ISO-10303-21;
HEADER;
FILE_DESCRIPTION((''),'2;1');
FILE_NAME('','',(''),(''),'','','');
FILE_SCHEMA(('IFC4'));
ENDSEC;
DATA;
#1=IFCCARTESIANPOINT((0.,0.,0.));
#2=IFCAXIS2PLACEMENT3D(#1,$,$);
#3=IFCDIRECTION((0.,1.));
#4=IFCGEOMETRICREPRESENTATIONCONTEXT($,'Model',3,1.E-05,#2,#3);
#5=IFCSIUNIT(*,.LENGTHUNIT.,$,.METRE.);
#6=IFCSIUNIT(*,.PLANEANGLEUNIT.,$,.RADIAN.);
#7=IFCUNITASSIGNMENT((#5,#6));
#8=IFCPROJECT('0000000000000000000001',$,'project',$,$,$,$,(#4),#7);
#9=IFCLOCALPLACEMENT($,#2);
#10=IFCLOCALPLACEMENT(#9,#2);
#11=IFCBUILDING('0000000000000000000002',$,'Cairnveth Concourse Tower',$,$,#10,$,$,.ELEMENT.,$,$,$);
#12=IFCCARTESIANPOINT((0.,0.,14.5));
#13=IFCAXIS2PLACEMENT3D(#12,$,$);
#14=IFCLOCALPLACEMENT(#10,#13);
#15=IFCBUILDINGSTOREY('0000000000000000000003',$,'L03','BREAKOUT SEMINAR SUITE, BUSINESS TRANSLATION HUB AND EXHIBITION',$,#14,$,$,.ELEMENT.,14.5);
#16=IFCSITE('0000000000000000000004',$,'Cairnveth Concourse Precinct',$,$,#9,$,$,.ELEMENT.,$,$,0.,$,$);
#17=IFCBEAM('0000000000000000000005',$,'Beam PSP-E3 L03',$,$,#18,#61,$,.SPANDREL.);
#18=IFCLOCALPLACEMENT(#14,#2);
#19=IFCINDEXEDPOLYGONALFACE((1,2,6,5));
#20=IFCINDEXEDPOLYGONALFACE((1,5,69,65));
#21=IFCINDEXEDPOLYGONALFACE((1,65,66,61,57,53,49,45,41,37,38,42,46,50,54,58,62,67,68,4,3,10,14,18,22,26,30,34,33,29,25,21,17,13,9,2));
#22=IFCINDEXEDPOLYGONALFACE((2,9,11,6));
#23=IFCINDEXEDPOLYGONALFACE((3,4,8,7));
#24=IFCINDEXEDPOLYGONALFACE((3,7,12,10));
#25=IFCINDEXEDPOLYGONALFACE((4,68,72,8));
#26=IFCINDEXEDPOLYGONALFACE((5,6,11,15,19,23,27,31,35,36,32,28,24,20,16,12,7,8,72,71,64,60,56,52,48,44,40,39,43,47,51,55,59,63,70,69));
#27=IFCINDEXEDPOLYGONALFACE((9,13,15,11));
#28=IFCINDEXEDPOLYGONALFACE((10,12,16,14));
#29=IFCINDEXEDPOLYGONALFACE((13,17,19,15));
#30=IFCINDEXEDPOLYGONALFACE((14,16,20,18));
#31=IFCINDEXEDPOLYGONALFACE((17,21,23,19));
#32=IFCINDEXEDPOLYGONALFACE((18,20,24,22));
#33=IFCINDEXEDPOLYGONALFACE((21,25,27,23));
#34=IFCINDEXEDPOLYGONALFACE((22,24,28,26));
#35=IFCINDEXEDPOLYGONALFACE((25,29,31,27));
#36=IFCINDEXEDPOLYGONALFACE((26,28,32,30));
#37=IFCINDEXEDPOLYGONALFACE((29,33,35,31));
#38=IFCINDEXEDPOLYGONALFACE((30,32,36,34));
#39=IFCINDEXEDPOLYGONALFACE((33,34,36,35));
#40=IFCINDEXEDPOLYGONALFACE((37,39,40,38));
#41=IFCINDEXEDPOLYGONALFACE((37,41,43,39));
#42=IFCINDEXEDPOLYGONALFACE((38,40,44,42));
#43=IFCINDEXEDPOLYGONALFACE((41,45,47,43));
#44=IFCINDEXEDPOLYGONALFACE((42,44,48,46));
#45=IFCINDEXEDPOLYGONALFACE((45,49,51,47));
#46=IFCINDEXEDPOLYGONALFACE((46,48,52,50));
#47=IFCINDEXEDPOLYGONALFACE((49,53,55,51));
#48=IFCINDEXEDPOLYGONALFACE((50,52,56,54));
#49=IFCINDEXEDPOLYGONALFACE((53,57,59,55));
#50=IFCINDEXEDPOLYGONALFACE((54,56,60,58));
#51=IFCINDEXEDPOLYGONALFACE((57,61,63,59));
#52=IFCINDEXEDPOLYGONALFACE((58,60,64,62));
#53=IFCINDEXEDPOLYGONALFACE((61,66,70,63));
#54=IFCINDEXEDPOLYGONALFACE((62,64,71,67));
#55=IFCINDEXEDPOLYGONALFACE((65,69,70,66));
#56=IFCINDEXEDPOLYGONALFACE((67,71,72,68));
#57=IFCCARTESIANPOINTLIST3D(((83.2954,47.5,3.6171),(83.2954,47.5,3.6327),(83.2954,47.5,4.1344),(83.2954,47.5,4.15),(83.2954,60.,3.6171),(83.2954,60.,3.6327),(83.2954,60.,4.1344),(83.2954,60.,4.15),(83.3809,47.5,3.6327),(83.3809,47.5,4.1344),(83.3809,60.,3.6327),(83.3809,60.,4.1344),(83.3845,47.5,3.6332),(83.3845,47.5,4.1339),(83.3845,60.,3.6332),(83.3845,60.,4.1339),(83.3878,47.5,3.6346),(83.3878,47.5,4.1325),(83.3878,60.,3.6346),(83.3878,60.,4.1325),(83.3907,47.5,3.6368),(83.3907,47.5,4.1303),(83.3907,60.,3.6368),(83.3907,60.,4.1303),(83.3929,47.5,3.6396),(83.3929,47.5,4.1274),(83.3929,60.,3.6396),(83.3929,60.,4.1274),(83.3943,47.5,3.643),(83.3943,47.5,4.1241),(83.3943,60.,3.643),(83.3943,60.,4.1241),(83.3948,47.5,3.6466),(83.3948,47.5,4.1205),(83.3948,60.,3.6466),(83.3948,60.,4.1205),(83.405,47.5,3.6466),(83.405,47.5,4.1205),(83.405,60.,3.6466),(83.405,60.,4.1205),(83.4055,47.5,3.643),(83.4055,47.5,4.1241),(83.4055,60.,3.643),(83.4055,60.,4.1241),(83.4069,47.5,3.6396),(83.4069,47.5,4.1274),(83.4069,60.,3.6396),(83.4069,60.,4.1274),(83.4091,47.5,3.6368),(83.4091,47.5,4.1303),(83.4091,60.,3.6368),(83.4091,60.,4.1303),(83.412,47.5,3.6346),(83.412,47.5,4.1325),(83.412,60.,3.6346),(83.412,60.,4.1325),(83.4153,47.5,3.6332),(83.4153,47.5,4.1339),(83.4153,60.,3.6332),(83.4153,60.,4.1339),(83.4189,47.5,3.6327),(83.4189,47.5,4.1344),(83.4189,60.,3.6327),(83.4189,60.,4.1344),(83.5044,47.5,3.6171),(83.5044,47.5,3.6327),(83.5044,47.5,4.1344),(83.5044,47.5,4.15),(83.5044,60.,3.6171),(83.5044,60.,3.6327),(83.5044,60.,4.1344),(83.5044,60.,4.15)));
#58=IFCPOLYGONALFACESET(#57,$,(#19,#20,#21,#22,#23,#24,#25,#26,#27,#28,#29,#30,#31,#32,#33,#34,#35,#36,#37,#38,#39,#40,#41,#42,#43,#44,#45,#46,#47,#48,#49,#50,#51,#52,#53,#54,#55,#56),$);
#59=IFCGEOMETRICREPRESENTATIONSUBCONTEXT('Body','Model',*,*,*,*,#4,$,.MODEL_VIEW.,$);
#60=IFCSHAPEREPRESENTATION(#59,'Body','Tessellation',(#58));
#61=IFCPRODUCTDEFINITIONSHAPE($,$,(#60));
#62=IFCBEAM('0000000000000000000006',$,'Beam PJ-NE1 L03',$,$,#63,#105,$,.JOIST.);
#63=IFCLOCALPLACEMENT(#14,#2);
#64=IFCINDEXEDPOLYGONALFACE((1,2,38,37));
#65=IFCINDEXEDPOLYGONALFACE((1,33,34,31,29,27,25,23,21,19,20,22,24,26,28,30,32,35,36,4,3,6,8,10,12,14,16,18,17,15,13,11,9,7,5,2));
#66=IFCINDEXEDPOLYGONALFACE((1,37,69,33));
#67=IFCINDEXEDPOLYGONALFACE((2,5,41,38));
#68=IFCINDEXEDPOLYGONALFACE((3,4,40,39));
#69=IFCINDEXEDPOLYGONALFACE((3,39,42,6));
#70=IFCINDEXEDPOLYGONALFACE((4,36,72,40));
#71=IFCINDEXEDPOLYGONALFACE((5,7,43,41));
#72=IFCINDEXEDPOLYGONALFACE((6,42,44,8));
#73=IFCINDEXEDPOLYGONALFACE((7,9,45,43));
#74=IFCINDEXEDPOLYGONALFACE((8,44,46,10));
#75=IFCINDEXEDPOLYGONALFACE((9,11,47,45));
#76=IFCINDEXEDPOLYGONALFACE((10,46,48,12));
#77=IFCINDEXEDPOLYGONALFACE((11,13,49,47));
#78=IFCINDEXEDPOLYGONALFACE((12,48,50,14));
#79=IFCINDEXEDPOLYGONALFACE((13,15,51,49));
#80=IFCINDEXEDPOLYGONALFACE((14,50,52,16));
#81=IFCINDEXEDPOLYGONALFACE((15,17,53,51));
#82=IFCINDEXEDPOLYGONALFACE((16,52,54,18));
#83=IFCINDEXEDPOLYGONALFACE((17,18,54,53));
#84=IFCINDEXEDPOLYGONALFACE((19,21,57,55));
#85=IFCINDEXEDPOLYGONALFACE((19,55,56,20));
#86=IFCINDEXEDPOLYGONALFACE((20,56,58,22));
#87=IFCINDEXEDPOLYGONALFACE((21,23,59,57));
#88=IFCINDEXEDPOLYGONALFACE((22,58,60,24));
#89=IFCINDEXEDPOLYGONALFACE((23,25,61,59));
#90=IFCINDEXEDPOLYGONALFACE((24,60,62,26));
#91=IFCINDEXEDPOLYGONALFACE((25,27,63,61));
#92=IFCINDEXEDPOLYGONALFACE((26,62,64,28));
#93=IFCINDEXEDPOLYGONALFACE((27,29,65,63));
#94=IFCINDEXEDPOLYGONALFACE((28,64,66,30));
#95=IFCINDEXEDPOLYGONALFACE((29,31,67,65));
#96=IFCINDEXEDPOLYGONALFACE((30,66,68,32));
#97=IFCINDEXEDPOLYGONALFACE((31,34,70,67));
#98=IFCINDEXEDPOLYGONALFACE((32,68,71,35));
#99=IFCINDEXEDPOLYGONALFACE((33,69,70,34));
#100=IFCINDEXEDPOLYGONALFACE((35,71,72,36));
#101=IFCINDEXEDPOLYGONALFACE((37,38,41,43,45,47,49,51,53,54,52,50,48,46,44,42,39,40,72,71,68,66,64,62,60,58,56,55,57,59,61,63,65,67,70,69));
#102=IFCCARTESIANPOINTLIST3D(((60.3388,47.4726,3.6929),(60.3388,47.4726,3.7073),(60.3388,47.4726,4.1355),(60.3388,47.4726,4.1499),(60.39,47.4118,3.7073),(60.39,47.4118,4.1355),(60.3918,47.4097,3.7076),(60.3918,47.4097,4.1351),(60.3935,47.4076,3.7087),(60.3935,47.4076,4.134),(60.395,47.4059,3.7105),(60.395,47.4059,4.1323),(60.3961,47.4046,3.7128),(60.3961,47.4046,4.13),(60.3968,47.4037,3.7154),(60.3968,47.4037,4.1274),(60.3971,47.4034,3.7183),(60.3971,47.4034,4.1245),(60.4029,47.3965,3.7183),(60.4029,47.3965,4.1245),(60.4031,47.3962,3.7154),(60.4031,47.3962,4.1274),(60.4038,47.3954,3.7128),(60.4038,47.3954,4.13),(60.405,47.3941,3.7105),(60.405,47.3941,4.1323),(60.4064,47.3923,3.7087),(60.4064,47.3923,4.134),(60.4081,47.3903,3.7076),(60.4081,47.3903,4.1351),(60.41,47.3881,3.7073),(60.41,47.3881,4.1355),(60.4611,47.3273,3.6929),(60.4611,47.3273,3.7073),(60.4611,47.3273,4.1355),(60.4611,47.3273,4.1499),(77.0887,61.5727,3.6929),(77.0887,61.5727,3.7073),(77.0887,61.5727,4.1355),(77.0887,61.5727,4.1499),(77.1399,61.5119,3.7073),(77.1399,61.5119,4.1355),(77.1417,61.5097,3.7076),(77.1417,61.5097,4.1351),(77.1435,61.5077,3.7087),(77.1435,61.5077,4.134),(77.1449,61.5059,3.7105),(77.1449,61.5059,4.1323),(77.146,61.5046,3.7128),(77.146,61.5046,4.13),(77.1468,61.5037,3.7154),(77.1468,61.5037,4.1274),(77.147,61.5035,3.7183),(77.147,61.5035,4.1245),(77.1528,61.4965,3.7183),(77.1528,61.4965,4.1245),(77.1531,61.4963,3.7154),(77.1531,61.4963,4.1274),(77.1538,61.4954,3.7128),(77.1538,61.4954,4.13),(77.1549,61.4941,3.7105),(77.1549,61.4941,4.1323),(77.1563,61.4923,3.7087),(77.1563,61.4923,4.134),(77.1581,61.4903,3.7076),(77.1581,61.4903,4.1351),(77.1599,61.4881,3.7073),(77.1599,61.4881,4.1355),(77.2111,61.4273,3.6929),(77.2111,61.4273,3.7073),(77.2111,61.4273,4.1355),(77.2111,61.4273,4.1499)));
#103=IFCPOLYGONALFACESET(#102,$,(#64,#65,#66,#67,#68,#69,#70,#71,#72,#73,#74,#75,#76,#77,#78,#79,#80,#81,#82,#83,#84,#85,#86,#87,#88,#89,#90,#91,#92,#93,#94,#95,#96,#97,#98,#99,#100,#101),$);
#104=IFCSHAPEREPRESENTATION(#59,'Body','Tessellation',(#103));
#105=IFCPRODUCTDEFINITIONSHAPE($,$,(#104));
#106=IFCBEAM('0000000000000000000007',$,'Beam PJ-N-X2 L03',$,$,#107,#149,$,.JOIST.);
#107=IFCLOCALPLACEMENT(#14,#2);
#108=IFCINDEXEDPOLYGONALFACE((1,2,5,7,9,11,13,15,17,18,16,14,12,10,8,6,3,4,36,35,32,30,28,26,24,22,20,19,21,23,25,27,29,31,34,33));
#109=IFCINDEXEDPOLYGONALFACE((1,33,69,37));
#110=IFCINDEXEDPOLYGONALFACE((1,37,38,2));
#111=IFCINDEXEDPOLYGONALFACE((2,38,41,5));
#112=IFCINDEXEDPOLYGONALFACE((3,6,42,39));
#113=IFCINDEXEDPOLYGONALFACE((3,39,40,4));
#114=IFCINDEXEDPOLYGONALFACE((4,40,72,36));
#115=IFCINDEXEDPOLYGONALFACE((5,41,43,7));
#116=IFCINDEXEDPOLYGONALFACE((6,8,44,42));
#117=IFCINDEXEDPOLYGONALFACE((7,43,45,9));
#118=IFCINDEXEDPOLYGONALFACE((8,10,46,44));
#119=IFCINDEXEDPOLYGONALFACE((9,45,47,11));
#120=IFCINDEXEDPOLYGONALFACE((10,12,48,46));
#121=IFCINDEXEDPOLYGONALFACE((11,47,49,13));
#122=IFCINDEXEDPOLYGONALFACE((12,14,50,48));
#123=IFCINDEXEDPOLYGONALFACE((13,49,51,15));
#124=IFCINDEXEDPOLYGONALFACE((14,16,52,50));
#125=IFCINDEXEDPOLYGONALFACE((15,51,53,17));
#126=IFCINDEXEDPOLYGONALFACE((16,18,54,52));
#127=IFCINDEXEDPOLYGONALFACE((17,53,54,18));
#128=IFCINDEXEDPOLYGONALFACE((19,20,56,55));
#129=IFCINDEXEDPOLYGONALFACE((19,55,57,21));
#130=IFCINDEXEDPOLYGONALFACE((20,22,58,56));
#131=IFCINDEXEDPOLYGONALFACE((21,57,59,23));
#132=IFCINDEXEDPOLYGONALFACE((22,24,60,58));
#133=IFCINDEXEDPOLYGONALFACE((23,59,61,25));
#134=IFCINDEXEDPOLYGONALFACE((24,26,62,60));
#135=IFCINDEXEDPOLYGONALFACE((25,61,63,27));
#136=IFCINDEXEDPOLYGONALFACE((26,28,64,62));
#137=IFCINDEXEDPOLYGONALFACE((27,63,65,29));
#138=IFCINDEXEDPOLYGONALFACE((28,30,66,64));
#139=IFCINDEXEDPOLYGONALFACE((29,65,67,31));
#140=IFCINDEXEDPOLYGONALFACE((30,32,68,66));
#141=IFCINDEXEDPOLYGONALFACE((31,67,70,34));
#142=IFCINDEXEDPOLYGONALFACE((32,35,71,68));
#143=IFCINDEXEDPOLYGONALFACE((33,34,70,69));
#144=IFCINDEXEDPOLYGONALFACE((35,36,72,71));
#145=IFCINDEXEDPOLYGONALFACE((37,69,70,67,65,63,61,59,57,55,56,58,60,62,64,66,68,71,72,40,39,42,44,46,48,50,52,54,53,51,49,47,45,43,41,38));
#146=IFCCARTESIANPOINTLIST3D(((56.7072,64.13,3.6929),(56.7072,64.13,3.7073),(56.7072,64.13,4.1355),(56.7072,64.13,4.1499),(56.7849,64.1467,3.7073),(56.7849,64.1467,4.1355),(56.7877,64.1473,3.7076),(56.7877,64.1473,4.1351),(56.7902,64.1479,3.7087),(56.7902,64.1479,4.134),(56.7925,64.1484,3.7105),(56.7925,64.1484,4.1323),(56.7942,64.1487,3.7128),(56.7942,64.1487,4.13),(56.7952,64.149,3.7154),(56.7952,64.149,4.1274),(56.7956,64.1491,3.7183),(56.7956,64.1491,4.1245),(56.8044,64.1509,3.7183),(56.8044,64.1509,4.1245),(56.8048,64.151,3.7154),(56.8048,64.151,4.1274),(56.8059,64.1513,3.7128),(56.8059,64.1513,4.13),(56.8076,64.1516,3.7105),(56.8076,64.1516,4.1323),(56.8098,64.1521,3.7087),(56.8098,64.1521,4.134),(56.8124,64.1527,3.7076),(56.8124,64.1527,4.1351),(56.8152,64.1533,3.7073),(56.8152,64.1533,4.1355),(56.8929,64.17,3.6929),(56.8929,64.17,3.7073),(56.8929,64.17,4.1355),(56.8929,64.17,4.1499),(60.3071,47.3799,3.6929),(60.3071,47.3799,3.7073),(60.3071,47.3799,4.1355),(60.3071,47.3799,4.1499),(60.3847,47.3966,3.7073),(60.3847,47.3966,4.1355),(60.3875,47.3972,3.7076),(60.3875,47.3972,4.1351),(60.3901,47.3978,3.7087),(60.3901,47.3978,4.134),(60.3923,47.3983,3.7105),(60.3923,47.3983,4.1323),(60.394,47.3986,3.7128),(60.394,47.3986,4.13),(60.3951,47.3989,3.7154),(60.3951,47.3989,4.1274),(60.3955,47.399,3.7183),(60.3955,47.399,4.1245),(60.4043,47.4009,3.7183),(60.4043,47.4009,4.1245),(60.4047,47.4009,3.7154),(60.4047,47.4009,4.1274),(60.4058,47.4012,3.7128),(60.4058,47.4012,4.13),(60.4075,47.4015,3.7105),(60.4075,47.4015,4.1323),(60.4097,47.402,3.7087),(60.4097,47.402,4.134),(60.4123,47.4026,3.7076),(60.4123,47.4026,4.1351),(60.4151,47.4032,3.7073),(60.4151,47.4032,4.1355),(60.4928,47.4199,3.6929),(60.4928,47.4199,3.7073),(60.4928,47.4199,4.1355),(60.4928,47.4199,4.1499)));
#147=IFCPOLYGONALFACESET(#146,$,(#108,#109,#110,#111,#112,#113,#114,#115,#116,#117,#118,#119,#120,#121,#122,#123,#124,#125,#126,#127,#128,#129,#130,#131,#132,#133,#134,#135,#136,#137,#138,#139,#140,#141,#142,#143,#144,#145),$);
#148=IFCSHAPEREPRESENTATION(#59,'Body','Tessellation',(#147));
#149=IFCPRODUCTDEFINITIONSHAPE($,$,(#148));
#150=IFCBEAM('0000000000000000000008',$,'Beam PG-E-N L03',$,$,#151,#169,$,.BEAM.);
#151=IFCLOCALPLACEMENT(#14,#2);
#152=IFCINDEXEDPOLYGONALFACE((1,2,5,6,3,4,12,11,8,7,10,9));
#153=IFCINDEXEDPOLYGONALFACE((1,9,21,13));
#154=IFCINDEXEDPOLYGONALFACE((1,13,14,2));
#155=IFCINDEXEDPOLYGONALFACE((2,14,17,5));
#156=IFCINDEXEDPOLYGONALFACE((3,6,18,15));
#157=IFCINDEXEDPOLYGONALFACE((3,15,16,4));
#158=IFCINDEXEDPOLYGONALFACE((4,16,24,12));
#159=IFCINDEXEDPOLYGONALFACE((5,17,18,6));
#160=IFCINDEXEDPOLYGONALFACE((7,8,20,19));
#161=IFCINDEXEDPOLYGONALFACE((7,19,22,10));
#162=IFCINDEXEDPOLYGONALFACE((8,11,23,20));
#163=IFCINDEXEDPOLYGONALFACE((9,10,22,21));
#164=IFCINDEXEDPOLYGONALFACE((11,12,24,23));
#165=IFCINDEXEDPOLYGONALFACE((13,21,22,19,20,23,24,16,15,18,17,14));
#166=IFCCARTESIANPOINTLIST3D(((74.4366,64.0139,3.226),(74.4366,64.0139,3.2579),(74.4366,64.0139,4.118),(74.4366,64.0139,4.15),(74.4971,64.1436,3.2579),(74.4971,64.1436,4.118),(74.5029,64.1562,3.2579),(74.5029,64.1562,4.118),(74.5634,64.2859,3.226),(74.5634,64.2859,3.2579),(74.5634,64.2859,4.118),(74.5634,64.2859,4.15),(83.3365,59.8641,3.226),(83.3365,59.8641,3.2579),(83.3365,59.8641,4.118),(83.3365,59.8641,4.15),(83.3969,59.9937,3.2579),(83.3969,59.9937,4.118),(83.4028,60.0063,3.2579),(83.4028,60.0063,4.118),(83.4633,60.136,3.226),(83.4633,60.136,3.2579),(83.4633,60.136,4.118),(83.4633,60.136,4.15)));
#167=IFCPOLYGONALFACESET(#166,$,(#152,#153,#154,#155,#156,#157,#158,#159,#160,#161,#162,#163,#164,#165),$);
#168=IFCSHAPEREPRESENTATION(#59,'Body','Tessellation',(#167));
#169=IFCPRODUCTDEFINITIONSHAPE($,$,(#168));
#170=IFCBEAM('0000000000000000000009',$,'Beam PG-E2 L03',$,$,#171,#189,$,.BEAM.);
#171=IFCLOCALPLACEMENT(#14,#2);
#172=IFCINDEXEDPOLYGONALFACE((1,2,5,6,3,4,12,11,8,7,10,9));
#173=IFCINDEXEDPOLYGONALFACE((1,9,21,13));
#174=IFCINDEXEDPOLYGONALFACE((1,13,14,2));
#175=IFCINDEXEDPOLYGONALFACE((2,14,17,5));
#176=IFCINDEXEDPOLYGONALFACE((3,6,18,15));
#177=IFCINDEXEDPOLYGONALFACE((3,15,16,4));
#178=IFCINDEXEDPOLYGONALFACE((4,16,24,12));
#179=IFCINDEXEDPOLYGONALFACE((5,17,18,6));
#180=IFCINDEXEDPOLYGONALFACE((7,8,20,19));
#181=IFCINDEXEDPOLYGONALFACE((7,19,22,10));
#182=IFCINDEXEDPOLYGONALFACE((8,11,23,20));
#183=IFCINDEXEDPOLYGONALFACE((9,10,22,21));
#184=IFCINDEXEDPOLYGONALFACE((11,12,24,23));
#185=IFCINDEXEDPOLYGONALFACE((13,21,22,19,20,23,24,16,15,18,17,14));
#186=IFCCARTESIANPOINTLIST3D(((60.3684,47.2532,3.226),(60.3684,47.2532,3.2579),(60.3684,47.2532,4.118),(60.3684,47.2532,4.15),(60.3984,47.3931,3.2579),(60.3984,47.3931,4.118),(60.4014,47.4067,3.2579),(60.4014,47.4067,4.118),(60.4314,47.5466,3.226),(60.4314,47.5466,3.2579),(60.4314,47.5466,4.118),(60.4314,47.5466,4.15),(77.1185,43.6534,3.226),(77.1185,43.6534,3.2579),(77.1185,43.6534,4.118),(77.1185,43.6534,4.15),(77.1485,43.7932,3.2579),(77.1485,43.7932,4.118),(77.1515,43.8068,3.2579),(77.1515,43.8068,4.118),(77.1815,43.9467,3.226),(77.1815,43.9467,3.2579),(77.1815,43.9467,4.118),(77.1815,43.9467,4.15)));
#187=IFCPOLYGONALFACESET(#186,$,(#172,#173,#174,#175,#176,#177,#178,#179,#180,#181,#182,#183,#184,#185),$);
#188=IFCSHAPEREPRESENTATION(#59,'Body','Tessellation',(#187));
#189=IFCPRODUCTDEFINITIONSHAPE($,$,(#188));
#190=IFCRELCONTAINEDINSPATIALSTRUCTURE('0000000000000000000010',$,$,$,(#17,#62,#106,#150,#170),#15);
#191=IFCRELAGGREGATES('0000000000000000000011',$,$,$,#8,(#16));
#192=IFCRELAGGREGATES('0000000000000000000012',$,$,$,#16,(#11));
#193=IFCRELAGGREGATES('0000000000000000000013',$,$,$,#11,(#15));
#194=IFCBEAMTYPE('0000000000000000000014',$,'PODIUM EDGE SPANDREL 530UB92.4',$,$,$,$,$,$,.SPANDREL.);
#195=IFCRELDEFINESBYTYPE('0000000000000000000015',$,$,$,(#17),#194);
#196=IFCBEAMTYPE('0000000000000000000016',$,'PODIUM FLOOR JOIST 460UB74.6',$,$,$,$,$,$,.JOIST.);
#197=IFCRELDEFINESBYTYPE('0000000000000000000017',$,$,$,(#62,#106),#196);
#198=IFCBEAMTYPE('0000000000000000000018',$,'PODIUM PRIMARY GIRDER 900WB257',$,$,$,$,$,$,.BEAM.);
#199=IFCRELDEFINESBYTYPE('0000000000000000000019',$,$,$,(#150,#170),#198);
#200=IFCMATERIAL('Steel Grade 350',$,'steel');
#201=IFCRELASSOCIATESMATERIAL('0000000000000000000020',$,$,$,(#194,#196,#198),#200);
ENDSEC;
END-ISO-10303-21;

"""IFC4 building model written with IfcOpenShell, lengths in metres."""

from ifc_helpers import new_model, si_unit, direction, frame, origin, origin_2d, place, context, subcontext, project, spatial, i_section, extrude, material, material_profile, profile_set, type_object, element, save


model = new_model("IFC4")

# Units and contexts
model_context = context("Model", 3, precision=1e-05, world=origin(), true_north=direction((0.0, 1.0)))
body_context = subcontext(model_context, "Body", "Model", "MODEL_VIEW")
ifc_project = project(units=[si_unit("LENGTHUNIT", "METRE"), si_unit("PLANEANGLEUNIT", "RADIAN")], contexts=[model_context])

# Site, building, storey
site_placement = place(None, origin())
site = spatial("IfcSite", under=ifc_project, at=site_placement, Name="Cairnveth Concourse Precinct", CompositionType="ELEMENT", RefElevation=0.0)
building_placement = place(site_placement, origin())
building = spatial("IfcBuilding", under=site, at=building_placement, Name="Cairnveth Concourse Tower", CompositionType="ELEMENT")
storey_placement = place(building_placement, frame((0.0, 0.0, 14.5)))
storey = spatial("IfcBuildingStorey", under=building, at=storey_placement, Name="L03", Description="BREAKOUT SEMINAR SUITE, BUSINESS TRANSLATION HUB AND EXHIBITION", CompositionType="ELEMENT", Elevation=14.5)

# Shared definitions
ifc_material_1 = material(Name="Steel Grade 350", Category="steel")

# Beams
ifc_material_profile_1 = material_profile(ifc_material_1, i_section(OverallWidth=0.209, OverallDepth=0.533, WebThickness=0.0103, FlangeThickness=0.0156, FilletRadius=0.0139, at=origin_2d()), Name="530UB92.4")
ifc_profile_set_1 = profile_set([ifc_material_profile_1], Name="Steel Grade 350")
beam_type_1 = type_object("IfcBeamType", Name="PODIUM EDGE SPANDREL 530UB92.4", PredefinedType="SPANDREL", material=ifc_profile_set_1)
beam_1_placement = place(storey_placement, frame((83.3999, 47.5, 3.8835), z_axis=(0.0, 1.0, 0.0), x_axis=(-1.0, 0.0, 0.0)))
element("IfcBeam", 1, at=beam_1_placement, inside=storey, type_object=beam_type_1, Name="Beam PSP-E3 L03", PredefinedType="SPANDREL", context=body_context, shape_type="SweptSolid", body=[
    extrude(i_section(OverallWidth=0.209, OverallDepth=0.533, WebThickness=0.0103, FlangeThickness=0.0156, FilletRadius=0.0139, at=origin_2d()), origin(), (0.0, 0.0, 1.0), 12.5),
])
ifc_material_profile_2 = material_profile(ifc_material_1, i_section(OverallWidth=0.1899, OverallDepth=0.457, WebThickness=0.009, FlangeThickness=0.0144, FilletRadius=0.011, at=origin_2d()), Name="460UB74.6")
ifc_profile_set_2 = profile_set([ifc_material_profile_2], Name="Steel Grade 350")
beam_type_2 = type_object("IfcBeamType", Name="PODIUM FLOOR JOIST 460UB74.6", PredefinedType="JOIST", material=ifc_profile_set_2)
beam_2_placement = place(storey_placement, frame((77.1499, 61.5, 3.9214), z_axis=(-0.765027, -0.643998, 0.0), x_axis=(0.643998, -0.765027, 0.0)))
element("IfcBeam", 2, at=beam_2_placement, inside=storey, type_object=beam_type_2, Name="Beam PJ-NE1 L03", PredefinedType="JOIST", context=body_context, shape_type="SweptSolid", body=[
    extrude(i_section(OverallWidth=0.1899, OverallDepth=0.457, WebThickness=0.009, FlangeThickness=0.0144, FilletRadius=0.011, at=origin_2d()), origin(), (0.0, 0.0, 1.0), 21.8945),
])
beam_3_placement = place(storey_placement, frame((60.3999, 47.3999, 3.9214), z_axis=(-0.210119, 0.977676, 0.0), x_axis=(-0.977676, -0.210119, 0.0)))
element("IfcBeam", 3, at=beam_3_placement, inside=storey, type_object=beam_type_2, Name="Beam PJ-N-X2 L03", PredefinedType="JOIST", context=body_context, shape_type="SweptSolid", body=[
    extrude(i_section(OverallWidth=0.1899, OverallDepth=0.457, WebThickness=0.009, FlangeThickness=0.0144, FilletRadius=0.011, at=origin_2d()), origin(), (0.0, 0.0, 1.0), 17.1326),
])
ifc_material_profile_3 = material_profile(ifc_material_1, i_section(OverallWidth=0.3, OverallDepth=0.9241, WebThickness=0.0139, FlangeThickness=0.032, at=origin_2d()), Name="900WB257")
ifc_profile_set_3 = profile_set([ifc_material_profile_3], Name="Steel Grade 350")
beam_type_3 = type_object("IfcBeamType", Name="PODIUM PRIMARY GIRDER 900WB257", PredefinedType="BEAM", material=ifc_profile_set_3)
beam_4_placement = place(storey_placement, frame((74.5, 64.1499, 3.688), z_axis=(0.906315, -0.422602, 0.0), x_axis=(0.422602, 0.906315, 0.0)))
element("IfcBeam", 4, at=beam_4_placement, inside=storey, type_object=beam_type_3, Name="Beam PG-E-N L03", PredefinedType="BEAM", context=body_context, shape_type="SweptSolid", body=[
    extrude(i_section(OverallWidth=0.3, OverallDepth=0.9241, WebThickness=0.0139, FlangeThickness=0.032, at=origin_2d()), origin(), (0.0, 0.0, 1.0), 9.8198),
])
beam_5_placement = place(storey_placement, frame((60.3999, 47.3999, 3.688), z_axis=(0.977676, -0.210119, 0.0), x_axis=(0.210119, 0.977676, 0.0)))
element("IfcBeam", 5, at=beam_5_placement, inside=storey, type_object=beam_type_3, Name="Beam PG-E2 L03", PredefinedType="BEAM", context=body_context, shape_type="SweptSolid", body=[
    extrude(i_section(OverallWidth=0.3, OverallDepth=0.9241, WebThickness=0.0139, FlangeThickness=0.032, at=origin_2d()), origin(), (0.0, 0.0, 1.0), 17.1326),
])

save(model, "model.ifc")
